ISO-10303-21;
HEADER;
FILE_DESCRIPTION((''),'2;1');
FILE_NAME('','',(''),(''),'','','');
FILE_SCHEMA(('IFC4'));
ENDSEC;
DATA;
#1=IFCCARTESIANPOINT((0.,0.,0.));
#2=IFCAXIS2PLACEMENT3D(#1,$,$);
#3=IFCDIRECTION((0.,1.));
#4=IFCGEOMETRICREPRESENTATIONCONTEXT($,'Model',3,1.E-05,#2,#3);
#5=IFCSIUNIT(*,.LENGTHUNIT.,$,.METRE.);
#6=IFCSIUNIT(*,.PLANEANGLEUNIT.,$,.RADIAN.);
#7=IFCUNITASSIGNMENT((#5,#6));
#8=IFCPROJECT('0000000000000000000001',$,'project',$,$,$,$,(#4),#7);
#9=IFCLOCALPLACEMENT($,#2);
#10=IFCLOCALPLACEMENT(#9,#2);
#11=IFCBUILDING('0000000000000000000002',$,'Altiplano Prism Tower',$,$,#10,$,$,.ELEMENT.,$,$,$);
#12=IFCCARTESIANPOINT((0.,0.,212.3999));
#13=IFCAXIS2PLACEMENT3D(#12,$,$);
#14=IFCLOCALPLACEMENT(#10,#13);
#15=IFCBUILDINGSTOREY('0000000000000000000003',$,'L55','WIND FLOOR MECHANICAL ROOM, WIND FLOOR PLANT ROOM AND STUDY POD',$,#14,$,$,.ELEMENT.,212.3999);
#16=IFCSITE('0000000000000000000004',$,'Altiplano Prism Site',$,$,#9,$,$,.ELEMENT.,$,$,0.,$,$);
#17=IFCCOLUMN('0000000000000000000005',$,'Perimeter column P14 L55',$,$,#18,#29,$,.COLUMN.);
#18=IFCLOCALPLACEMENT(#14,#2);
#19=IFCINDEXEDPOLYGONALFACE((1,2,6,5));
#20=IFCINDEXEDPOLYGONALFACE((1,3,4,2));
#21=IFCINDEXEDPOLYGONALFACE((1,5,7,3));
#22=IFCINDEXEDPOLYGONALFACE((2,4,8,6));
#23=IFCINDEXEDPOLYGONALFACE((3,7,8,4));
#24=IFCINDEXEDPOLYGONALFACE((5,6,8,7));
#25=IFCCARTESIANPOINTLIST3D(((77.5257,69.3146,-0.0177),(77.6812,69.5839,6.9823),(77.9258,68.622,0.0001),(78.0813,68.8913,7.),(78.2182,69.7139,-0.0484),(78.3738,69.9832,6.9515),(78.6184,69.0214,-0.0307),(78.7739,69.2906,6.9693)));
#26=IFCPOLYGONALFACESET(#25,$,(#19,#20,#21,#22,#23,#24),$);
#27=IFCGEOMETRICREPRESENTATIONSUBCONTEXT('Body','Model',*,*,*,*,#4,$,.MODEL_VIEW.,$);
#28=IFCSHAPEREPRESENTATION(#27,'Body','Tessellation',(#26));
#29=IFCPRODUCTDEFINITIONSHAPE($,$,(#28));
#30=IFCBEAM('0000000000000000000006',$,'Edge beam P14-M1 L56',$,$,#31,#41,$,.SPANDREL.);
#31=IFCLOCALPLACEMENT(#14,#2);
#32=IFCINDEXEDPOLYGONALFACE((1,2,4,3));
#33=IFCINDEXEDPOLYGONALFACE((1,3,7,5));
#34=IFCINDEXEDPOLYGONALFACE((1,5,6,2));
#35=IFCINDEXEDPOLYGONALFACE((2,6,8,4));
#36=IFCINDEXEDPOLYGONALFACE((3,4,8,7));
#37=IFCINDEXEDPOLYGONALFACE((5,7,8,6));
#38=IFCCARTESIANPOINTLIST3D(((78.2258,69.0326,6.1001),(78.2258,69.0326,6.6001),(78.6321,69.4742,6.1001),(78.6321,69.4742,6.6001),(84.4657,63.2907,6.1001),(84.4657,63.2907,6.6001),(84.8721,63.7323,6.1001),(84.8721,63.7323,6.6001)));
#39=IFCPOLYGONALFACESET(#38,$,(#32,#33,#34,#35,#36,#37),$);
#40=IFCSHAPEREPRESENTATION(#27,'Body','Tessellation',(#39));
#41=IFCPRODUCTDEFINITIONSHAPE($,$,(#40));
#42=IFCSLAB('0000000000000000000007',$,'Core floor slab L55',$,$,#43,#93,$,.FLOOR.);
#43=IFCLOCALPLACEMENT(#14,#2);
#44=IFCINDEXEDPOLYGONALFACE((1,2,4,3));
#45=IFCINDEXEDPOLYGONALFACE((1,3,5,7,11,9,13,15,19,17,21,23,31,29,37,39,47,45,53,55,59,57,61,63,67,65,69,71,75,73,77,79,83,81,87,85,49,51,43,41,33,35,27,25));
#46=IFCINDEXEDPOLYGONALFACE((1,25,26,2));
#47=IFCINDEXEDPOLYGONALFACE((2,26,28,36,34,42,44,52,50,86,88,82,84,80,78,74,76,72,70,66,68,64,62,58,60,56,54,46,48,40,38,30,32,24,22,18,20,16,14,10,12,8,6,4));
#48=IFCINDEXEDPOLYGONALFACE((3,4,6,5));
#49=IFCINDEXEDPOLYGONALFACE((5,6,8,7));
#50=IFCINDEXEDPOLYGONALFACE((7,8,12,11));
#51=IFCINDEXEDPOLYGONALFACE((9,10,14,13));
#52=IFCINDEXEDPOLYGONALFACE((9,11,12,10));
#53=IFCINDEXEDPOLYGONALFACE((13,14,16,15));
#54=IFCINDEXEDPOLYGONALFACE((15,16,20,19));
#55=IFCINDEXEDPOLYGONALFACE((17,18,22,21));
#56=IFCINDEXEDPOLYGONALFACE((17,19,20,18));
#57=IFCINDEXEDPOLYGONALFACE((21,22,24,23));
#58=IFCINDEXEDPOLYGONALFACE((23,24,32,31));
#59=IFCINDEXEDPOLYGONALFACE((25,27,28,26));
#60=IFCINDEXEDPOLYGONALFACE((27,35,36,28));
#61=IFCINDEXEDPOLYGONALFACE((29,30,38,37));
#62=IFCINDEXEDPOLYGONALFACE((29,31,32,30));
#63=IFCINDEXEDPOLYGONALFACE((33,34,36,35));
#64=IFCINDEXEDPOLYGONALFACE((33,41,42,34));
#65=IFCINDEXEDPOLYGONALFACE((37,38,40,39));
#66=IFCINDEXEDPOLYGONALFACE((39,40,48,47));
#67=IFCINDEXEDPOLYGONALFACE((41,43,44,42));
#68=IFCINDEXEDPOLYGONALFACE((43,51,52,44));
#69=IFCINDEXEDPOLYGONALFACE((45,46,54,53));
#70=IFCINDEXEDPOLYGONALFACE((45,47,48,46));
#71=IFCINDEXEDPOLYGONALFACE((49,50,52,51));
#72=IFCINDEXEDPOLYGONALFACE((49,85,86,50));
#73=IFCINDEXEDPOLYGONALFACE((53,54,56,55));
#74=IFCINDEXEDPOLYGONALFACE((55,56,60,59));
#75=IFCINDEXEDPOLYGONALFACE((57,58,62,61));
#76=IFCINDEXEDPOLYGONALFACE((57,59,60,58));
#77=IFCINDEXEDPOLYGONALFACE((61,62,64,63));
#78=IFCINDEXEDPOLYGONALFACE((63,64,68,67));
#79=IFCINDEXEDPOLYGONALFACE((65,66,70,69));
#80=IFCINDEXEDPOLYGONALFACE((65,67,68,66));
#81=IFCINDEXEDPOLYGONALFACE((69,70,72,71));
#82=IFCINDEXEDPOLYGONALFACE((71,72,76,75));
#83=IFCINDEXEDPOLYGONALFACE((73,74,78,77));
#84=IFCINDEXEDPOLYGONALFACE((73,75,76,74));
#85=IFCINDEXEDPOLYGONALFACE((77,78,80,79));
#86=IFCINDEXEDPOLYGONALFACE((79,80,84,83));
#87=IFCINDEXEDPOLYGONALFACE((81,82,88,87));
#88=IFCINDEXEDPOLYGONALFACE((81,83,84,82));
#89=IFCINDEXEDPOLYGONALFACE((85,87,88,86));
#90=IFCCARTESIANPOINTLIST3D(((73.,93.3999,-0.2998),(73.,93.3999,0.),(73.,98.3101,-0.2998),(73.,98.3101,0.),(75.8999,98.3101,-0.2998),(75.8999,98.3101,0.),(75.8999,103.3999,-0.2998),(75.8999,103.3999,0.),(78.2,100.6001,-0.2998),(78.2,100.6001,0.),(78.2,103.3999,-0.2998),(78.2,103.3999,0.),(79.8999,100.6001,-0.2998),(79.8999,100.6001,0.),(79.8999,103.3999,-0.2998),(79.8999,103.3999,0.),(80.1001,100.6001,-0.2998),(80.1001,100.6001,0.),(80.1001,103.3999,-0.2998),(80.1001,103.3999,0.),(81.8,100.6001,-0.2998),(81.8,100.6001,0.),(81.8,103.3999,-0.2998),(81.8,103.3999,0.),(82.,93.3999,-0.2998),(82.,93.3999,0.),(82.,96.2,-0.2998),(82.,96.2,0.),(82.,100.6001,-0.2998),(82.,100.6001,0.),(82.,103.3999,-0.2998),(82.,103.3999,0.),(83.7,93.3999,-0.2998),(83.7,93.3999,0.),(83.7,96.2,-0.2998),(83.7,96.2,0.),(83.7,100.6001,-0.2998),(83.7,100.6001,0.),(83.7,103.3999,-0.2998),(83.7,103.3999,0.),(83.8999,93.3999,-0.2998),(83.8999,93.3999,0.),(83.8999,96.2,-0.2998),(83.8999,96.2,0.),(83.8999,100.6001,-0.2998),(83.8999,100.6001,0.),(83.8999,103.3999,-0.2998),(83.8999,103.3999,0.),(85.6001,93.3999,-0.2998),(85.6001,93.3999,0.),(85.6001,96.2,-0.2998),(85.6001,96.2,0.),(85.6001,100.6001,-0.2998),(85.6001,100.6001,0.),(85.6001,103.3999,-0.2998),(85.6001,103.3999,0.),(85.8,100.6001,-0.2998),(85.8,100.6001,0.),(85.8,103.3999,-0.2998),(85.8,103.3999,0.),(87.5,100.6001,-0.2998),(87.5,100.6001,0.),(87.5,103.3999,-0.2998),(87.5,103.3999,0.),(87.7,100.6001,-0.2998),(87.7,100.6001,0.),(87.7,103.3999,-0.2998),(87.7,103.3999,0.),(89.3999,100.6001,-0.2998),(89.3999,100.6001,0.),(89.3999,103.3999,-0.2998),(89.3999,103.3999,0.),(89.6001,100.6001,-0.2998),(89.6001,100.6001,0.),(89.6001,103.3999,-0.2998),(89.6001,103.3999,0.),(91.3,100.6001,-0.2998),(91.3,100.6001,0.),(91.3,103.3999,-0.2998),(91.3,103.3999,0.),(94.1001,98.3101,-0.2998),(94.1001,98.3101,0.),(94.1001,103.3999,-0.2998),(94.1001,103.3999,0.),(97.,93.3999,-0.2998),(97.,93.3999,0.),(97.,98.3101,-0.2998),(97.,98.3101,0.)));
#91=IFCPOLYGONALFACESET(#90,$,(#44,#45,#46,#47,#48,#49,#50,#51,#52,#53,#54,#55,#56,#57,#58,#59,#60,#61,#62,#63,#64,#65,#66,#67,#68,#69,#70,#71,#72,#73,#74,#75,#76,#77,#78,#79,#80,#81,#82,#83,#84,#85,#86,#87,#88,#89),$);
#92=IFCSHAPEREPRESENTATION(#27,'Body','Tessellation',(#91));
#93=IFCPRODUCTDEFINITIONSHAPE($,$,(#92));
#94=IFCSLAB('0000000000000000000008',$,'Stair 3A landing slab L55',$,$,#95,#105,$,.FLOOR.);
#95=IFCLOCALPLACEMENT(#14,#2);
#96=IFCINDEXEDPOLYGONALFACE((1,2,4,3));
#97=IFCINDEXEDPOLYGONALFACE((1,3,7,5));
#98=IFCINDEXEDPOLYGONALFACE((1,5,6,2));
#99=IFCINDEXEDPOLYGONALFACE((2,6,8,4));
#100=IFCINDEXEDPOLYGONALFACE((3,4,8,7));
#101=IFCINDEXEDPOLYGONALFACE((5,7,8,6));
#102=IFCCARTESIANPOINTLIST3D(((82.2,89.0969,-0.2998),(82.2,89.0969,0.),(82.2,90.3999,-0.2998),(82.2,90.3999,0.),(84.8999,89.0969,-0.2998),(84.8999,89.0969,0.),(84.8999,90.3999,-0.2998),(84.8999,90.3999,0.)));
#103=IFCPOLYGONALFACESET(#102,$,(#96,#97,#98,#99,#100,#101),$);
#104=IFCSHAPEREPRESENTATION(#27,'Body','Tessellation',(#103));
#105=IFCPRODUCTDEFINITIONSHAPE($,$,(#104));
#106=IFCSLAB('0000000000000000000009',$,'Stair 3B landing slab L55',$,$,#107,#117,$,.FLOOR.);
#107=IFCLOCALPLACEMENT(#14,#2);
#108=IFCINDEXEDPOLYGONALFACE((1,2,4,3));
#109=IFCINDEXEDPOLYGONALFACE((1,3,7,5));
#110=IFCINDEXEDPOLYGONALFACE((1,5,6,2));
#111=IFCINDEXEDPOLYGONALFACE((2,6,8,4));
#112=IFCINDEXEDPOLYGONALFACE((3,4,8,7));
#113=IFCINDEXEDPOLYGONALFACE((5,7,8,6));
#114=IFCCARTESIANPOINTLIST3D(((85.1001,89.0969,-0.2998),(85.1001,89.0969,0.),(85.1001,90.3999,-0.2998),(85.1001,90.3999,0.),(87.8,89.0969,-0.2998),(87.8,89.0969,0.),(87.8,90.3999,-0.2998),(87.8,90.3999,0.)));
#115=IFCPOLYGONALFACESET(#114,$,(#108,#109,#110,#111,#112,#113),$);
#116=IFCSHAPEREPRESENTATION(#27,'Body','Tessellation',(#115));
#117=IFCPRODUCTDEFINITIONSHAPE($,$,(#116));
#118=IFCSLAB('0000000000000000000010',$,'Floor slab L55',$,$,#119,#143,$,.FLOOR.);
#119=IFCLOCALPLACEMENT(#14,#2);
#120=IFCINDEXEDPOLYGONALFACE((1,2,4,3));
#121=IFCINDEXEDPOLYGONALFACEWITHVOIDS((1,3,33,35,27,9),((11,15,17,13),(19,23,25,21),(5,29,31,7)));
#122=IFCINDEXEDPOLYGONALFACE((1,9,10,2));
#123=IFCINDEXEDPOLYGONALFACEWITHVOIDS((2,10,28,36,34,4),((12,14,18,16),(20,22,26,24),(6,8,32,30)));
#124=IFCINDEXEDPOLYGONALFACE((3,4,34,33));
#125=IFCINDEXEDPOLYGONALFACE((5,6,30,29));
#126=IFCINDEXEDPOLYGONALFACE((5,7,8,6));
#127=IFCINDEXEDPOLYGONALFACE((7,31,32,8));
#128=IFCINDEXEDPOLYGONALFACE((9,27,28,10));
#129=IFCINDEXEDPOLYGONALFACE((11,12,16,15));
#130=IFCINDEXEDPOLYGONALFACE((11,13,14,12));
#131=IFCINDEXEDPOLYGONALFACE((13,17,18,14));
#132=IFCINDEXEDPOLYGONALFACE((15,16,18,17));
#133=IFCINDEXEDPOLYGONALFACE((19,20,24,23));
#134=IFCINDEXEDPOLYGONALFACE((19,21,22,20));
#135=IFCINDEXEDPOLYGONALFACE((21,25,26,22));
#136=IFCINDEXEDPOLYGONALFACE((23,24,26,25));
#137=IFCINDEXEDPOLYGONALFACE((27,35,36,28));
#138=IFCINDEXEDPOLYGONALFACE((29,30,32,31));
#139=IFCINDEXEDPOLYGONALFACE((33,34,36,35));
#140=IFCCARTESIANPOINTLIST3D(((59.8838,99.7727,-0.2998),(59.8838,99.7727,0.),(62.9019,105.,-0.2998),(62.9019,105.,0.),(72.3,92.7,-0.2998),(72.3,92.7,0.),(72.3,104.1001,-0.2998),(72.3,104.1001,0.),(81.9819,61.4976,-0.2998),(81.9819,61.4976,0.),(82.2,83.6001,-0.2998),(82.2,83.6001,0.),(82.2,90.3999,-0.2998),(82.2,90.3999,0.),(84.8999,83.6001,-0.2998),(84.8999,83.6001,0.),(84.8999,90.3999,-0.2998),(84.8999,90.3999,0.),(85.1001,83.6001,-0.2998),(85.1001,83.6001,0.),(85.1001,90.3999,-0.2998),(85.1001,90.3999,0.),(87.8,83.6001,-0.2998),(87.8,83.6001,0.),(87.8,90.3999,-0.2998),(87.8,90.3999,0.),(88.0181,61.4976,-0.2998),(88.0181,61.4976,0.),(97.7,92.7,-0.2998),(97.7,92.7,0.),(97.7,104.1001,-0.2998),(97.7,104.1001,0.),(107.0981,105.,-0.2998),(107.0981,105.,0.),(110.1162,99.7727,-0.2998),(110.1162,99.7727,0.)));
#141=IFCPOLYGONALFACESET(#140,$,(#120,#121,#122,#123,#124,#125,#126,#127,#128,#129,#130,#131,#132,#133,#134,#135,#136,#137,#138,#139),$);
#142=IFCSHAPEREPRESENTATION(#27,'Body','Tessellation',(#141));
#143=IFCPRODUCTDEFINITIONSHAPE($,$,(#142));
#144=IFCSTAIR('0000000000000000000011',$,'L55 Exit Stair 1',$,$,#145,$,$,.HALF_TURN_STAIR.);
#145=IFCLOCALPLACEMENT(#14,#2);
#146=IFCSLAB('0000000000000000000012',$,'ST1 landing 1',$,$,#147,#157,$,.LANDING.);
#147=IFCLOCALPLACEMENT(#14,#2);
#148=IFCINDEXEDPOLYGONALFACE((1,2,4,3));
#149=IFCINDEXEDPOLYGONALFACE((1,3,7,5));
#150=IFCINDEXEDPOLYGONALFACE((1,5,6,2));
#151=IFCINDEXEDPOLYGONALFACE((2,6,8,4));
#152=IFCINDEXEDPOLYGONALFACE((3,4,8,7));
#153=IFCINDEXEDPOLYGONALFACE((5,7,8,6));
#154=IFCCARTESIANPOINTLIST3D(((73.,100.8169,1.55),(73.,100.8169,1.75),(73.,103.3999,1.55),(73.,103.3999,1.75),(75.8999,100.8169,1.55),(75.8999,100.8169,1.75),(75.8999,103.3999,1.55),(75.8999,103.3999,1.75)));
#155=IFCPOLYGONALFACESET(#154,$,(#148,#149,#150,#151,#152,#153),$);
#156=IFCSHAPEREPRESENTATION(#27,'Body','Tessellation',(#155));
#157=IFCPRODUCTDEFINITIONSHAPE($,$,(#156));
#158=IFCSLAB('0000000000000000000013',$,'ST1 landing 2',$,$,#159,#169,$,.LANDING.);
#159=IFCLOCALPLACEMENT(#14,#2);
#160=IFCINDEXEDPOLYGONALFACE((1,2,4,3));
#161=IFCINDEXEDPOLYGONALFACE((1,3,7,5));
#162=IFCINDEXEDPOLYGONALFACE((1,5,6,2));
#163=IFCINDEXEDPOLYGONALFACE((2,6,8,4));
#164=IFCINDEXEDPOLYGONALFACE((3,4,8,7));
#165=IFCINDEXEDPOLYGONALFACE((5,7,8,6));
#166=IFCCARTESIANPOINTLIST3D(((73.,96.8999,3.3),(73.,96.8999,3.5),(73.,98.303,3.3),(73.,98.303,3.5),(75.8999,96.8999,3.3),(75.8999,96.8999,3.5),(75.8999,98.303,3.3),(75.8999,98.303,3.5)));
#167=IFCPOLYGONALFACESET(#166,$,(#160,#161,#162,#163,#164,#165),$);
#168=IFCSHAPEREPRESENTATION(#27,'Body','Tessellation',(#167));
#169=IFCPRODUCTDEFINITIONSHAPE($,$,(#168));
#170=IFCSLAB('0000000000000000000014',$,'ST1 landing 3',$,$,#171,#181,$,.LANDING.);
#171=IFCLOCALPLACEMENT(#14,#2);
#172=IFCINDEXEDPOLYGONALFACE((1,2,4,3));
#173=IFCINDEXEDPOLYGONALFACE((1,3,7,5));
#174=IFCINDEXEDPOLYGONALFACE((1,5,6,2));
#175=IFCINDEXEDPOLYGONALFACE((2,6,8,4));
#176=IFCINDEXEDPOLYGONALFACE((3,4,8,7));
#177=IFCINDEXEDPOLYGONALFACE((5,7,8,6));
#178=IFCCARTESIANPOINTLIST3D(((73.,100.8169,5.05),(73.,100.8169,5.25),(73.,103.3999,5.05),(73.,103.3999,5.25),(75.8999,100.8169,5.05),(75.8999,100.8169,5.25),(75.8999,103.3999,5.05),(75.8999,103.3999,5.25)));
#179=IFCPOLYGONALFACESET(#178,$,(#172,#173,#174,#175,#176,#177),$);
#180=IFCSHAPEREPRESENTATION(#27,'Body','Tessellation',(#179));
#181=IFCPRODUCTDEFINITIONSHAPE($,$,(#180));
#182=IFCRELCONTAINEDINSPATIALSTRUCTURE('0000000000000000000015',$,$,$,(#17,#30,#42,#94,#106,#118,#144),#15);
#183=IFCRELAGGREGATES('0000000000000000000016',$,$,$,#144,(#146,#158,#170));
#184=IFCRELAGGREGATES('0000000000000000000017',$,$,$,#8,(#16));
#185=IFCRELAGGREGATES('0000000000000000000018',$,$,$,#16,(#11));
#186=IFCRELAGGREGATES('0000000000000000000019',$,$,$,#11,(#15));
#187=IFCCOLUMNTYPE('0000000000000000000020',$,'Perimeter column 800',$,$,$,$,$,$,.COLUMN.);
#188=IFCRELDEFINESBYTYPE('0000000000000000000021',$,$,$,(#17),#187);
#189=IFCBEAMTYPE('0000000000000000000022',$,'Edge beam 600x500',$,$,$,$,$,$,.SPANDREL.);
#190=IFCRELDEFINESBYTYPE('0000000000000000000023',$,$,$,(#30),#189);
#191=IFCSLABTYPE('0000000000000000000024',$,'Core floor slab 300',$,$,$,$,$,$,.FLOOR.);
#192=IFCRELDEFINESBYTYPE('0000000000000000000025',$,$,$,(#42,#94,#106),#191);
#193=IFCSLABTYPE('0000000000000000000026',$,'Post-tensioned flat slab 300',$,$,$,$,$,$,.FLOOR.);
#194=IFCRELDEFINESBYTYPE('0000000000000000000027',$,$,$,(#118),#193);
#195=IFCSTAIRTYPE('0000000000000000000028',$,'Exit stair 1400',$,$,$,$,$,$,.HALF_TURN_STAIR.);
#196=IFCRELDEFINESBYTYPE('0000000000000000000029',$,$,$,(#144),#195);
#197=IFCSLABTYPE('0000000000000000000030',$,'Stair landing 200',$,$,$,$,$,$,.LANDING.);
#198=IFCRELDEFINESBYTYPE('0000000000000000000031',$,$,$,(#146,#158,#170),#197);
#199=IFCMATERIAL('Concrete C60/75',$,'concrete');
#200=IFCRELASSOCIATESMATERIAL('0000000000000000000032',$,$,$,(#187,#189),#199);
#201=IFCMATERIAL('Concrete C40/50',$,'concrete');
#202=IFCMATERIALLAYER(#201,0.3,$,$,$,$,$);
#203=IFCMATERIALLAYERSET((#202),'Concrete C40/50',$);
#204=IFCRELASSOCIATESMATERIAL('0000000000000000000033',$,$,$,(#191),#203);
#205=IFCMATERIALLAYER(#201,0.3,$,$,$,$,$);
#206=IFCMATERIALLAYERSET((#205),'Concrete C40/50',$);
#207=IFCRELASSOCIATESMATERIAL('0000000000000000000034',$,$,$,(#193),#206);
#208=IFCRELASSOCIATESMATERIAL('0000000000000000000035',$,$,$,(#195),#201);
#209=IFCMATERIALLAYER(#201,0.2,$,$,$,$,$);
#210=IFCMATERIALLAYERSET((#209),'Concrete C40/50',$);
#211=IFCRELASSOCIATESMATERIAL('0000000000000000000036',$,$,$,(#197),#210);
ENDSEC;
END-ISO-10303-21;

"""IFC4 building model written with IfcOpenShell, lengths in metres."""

from ifc_helpers import new_model, si_unit, direction, frame, origin, origin_2d, place, context, subcontext, project, spatial, polyline, rectangle, outline, extrude, material, layer, layer_set, material_profile, profile_set, type_object, element, aggregate, save


model = new_model("IFC4")

# Units and contexts
model_context = context("Model", 3, precision=1e-05, world=origin(), true_north=direction((0.0, 1.0)))
body_context = subcontext(model_context, "Body", "Model", "MODEL_VIEW")
ifc_project = project(units=[si_unit("LENGTHUNIT", "METRE"), si_unit("PLANEANGLEUNIT", "RADIAN")], contexts=[model_context])

# Site, building, storey
site_placement = place(None, origin())
site = spatial("IfcSite", under=ifc_project, at=site_placement, Name="Altiplano Prism Site", CompositionType="ELEMENT", RefElevation=0.0)
building_placement = place(site_placement, origin())
building = spatial("IfcBuilding", under=site, at=building_placement, Name="Altiplano Prism Tower", CompositionType="ELEMENT")
storey_placement = place(building_placement, frame((0.0, 0.0, 212.3999)))
storey = spatial("IfcBuildingStorey", under=building, at=storey_placement, Name="L55", Description="WIND FLOOR MECHANICAL ROOM, WIND FLOOR PLANT ROOM AND STUDY POD", CompositionType="ELEMENT", Elevation=212.3999)

# Column
ifc_material_1 = material(Name="Concrete C60/75", Category="concrete")
ifc_material_profile_1 = material_profile(ifc_material_1, rectangle(XDim=0.8, YDim=0.8, at=origin_2d()), Name="Perimeter column 800")
ifc_profile_set_1 = profile_set([ifc_material_profile_1], Name="Concrete C60/75")
column_type = type_object("IfcColumnType", Name="Perimeter column 800", PredefinedType="COLUMN", material=ifc_profile_set_1)
column_placement = place(storey_placement, frame((78.072, 69.168, -0.0242), z_axis=(0.022195, 0.038432, 0.999015), x_axis=(-0.86566, -0.499154, 0.038434)))
element("IfcColumn", 1, at=column_placement, inside=storey, type_object=column_type, Name="Perimeter column P14 L55", PredefinedType="COLUMN", context=body_context, shape_type="SweptSolid", body=[
    extrude(rectangle(XDim=0.8, YDim=0.8, at=origin_2d()), origin(), (0.0, 0.0, 1.0), 7.0068),
])

# Beam
ifc_material_profile_2 = material_profile(ifc_material_1, rectangle(XDim=0.6001, YDim=0.5, at=origin_2d()), Name="Edge beam 600x500")
ifc_profile_set_2 = profile_set([ifc_material_profile_2], Name="Concrete C60/75")
beam_type = type_object("IfcBeamType", Name="Edge beam 600x500", PredefinedType="SPANDREL", material=ifc_profile_set_2)
beam_placement = place(storey_placement, frame((78.429, 69.2534, 6.3501), z_axis=(0.735863, -0.67713, 0.0), x_axis=(0.67713, 0.735863, 0.0)))
element("IfcBeam", 2, at=beam_placement, inside=storey, type_object=beam_type, Name="Edge beam P14-M1 L56", PredefinedType="SPANDREL", context=body_context, shape_type="SweptSolid", body=[
    extrude(rectangle(XDim=0.6001, YDim=0.5, at=origin_2d()), origin(), (0.0, 0.0, 1.0), 8.4797),
])

# Slabs
ifc_material_2 = material(Name="Concrete C40/50", Category="concrete")
ifc_layer_1 = layer(ifc_material_2, 0.3)
ifc_layer_set_1 = layer_set([ifc_layer_1], Name="Concrete C40/50")
slab_type_1 = type_object("IfcSlabType", Name="Core floor slab 300", PredefinedType="FLOOR", material=ifc_layer_set_1)
slab_1_placement = place(storey_placement, frame((0.0, 0.0, -0.2998)))
element("IfcSlab", 3, at=slab_1_placement, inside=storey, type_object=slab_type_1, Name="Core floor slab L55", PredefinedType="FLOOR", context=body_context, shape_type="SweptSolid", body=[
    extrude(outline(polyline([(97.0, 98.3101), (94.1001, 98.3101), (94.1001, 103.3999), (91.3, 103.3999), (91.3, 100.6001), (89.6001, 100.6001), (89.6001, 103.3999), (89.3999, 103.3999), (89.3999, 100.6001), (87.7, 100.6001), (87.7, 103.3999), (87.5, 103.3999), (87.5, 100.6001), (85.8, 100.6001), (85.8, 103.3999), (85.6001, 103.3999), (85.6001, 100.6001), (83.8999, 100.6001), (83.8999, 103.3999), (83.7, 103.3999), (83.7, 100.6001), (82.0, 100.6001), (82.0, 103.3999), (81.8, 103.3999), (81.8, 100.6001), (80.1001, 100.6001), (80.1001, 103.3999), (79.8999, 103.3999), (79.8999, 100.6001), (78.2, 100.6001), (78.2, 103.3999), (75.8999, 103.3999), (75.8999, 98.3101), (73.0, 98.3101), (73.0, 93.3999), (82.0, 93.3999), (82.0, 96.2), (83.7, 96.2), (83.7, 93.3999), (83.8999, 93.3999), (83.8999, 96.2), (85.6001, 96.2), (85.6001, 93.3999), (97.0, 93.3999), (97.0, 98.3101)])), origin(), (0.0, 0.0, 1.0), 0.2998),
])
slab_2_placement = place(storey_placement, frame((0.0, 0.0, -0.2998)))
element("IfcSlab", 4, at=slab_2_placement, inside=storey, type_object=slab_type_1, Name="Stair 3A landing slab L55", PredefinedType="FLOOR", context=body_context, shape_type="SweptSolid", body=[
    extrude(outline(polyline([(82.2, 89.0969), (84.8999, 89.0969), (84.8999, 90.3999), (82.2, 90.3999), (82.2, 89.0969)])), origin(), (0.0, 0.0, 1.0), 0.2998),
])
slab_3_placement = place(storey_placement, frame((0.0, 0.0, -0.2998)))
element("IfcSlab", 5, at=slab_3_placement, inside=storey, type_object=slab_type_1, Name="Stair 3B landing slab L55", PredefinedType="FLOOR", context=body_context, shape_type="SweptSolid", body=[
    extrude(outline(polyline([(85.1001, 89.0969), (87.8, 89.0969), (87.8, 90.3999), (85.1001, 90.3999), (85.1001, 89.0969)])), origin(), (0.0, 0.0, 1.0), 0.2998),
])
ifc_layer_2 = layer(ifc_material_2, 0.3)
ifc_layer_set_2 = layer_set([ifc_layer_2], Name="Concrete C40/50")
slab_type_2 = type_object("IfcSlabType", Name="Post-tensioned flat slab 300", PredefinedType="FLOOR", material=ifc_layer_set_2)
slab_4_placement = place(storey_placement, frame((0.0, 0.0, -0.2998)))
element("IfcSlab", 6, at=slab_4_placement, inside=storey, type_object=slab_type_2, Name="Floor slab L55", PredefinedType="FLOOR", context=body_context, shape_type="SweptSolid", body=[
    extrude(outline(polyline([(81.9819, 61.4976), (59.8838, 99.7727), (62.9019, 105.0), (107.0981, 105.0), (110.1162, 99.7727), (88.0181, 61.4976), (81.9819, 61.4976)]), holes=[polyline([(72.3, 104.1001), (72.3, 92.7), (97.7, 92.7), (97.7, 104.1001), (72.3, 104.1001)]), polyline([(84.8999, 90.3999), (82.2, 90.3999), (82.2, 83.6001), (84.8999, 83.6001), (84.8999, 90.3999)]), polyline([(87.8, 83.6001), (87.8, 90.3999), (85.1001, 90.3999), (85.1001, 83.6001), (87.8, 83.6001)])]), origin(), (0.0, 0.0, 1.0), 0.2998),
])

# Stair, slabs
stair_type_1 = type_object("IfcStairType", Name="Exit stair 1400", PredefinedType="HALF_TURN_STAIR", material=ifc_material_2)
stair_1_placement = place(storey_placement, origin())
stair_1 = element("IfcStair", 7, at=stair_1_placement, inside=storey, type_object=stair_type_1, Name="L55 Exit Stair 1", PredefinedType="HALF_TURN_STAIR")
ifc_layer_3 = layer(ifc_material_2, 0.2)
ifc_layer_set_3 = layer_set([ifc_layer_3], Name="Concrete C40/50")
slab_type_3 = type_object("IfcSlabType", Name="Stair landing 200", PredefinedType="LANDING", material=ifc_layer_set_3)
slab_5_placement = place(storey_placement, frame((0.0, 0.0, 1.55)))
slab_5 = element("IfcSlab", 8, at=slab_5_placement, type_object=slab_type_3, Name="ST1 landing 1", PredefinedType="LANDING", context=body_context, shape_type="SweptSolid", body=[
    extrude(outline(polyline([(75.8999, 100.8169), (75.8999, 103.3999), (73.0, 103.3999), (73.0, 100.8169), (75.8999, 100.8169)])), origin(), (0.0, 0.0, 1.0), 0.2),
])
slab_6_placement = place(storey_placement, frame((0.0, 0.0, 3.3)))
slab_6 = element("IfcSlab", 9, at=slab_6_placement, type_object=slab_type_3, Name="ST1 landing 2", PredefinedType="LANDING", context=body_context, shape_type="SweptSolid", body=[
    extrude(outline(polyline([(75.8999, 96.8999), (75.8999, 98.303), (73.0, 98.303), (73.0, 96.8999), (75.8999, 96.8999)])), origin(), (0.0, 0.0, 1.0), 0.2),
])
slab_7_placement = place(storey_placement, frame((0.0, 0.0, 5.05)))
slab_7 = element("IfcSlab", 10, at=slab_7_placement, type_object=slab_type_3, Name="ST1 landing 3", PredefinedType="LANDING", context=body_context, shape_type="SweptSolid", body=[
    extrude(outline(polyline([(75.8999, 100.8169), (75.8999, 103.3999), (73.0, 103.3999), (73.0, 100.8169), (75.8999, 100.8169)])), origin(), (0.0, 0.0, 1.0), 0.2),
])
aggregate(stair_1, [slab_5, slab_6, slab_7])

save(model, "model.ifc")
